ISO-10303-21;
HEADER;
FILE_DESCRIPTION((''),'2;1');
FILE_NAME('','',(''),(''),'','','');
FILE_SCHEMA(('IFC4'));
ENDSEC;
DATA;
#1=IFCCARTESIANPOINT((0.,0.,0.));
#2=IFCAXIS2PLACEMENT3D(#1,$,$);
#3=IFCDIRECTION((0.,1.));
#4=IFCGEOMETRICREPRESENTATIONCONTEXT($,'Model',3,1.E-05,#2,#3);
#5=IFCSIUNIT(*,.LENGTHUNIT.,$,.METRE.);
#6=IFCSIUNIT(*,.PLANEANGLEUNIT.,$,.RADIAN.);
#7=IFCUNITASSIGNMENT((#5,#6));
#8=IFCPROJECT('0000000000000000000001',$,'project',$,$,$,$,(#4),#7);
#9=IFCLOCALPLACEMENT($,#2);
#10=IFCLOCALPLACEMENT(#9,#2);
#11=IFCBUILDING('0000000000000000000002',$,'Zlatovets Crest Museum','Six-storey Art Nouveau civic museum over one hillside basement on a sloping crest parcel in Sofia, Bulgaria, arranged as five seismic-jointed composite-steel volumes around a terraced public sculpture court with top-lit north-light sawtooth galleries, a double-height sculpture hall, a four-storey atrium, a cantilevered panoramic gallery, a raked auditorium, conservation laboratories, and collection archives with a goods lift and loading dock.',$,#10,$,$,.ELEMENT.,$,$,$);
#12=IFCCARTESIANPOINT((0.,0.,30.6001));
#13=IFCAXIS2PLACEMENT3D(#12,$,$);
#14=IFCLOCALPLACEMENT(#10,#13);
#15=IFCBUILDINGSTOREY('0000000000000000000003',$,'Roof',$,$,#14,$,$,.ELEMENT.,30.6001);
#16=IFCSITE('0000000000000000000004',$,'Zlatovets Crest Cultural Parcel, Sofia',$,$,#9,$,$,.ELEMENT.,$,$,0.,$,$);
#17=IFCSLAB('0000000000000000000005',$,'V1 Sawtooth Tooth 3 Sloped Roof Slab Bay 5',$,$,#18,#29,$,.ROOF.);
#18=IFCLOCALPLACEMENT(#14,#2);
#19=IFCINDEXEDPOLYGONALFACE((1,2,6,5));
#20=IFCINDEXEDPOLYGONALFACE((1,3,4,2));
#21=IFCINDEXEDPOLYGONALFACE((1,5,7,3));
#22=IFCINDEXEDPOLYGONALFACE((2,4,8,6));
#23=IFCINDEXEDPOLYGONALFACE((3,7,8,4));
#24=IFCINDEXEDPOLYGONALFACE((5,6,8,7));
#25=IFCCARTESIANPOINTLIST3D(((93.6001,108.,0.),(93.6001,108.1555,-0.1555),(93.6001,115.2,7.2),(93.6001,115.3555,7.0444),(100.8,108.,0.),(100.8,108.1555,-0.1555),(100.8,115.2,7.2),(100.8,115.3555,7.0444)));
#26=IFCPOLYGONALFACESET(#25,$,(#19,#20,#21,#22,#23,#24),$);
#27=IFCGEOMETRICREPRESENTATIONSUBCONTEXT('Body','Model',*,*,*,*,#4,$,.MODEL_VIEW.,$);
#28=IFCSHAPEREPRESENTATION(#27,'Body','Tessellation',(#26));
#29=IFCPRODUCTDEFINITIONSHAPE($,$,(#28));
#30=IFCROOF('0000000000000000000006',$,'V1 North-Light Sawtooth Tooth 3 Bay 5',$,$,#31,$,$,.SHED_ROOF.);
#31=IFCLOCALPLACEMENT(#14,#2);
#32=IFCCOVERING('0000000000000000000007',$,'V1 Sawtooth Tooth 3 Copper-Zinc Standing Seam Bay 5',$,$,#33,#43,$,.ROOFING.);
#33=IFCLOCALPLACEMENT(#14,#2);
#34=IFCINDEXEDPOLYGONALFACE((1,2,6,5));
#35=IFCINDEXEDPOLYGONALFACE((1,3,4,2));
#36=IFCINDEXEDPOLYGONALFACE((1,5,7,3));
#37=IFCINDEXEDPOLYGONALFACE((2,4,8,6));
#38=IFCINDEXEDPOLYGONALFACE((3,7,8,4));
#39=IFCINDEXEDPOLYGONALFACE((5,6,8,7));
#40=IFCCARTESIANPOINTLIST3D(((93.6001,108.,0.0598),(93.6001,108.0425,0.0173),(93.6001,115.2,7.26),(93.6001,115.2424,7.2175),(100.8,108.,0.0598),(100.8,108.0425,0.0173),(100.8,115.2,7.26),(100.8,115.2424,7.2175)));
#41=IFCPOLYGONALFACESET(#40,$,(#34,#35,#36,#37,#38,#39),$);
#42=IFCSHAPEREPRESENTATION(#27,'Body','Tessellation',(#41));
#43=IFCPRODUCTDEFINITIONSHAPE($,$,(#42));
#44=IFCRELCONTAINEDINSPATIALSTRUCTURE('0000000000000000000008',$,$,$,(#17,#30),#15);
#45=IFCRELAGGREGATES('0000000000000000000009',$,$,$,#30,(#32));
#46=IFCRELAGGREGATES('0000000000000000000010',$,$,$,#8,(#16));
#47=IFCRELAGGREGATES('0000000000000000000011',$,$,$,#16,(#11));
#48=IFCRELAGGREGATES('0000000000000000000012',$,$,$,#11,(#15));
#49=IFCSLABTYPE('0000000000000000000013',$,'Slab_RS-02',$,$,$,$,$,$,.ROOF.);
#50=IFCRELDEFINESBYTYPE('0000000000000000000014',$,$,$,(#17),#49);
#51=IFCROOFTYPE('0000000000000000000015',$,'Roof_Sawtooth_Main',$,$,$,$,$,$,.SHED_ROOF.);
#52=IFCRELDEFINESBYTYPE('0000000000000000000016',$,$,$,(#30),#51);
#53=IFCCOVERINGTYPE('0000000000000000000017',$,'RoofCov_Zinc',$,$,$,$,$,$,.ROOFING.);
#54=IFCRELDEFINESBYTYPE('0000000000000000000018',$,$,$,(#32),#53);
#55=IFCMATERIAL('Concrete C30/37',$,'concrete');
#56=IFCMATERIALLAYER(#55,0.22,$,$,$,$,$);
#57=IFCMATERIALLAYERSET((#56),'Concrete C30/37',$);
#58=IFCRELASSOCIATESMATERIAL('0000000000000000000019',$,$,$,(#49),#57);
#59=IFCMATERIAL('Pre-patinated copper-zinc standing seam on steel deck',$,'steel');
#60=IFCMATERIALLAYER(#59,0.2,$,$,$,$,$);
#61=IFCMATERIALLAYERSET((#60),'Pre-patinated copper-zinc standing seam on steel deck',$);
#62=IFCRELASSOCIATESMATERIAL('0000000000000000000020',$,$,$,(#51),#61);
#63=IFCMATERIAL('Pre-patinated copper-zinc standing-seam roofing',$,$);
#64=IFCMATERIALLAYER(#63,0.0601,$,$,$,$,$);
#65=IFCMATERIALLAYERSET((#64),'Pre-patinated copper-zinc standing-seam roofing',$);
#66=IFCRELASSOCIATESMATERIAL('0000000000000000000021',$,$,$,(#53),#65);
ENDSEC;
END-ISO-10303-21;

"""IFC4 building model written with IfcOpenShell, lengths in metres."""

from ifc_helpers import new_model, si_unit, direction, frame, origin, place, context, subcontext, project, spatial, polyline, outline, extrude, material, layer, layer_set, type_object, element, aggregate, save


model = new_model("IFC4")

# Units and contexts
model_context = context("Model", 3, precision=1e-05, world=origin(), true_north=direction((0.0, 1.0)))
body_context = subcontext(model_context, "Body", "Model", "MODEL_VIEW")
ifc_project = project(units=[si_unit("LENGTHUNIT", "METRE"), si_unit("PLANEANGLEUNIT", "RADIAN")], contexts=[model_context])

# Site, building, storey
site_placement = place(None, origin())
site = spatial("IfcSite", under=ifc_project, at=site_placement, Name="Zlatovets Crest Cultural Parcel, Sofia", CompositionType="ELEMENT", RefElevation=0.0)
building_placement = place(site_placement, origin())
building = spatial("IfcBuilding", under=site, at=building_placement, Name="Zlatovets Crest Museum", Description="Six-storey Art Nouveau civic museum over one hillside basement on a sloping crest parcel in Sofia, Bulgaria, arranged as five seismic-jointed composite-steel volumes around a terraced public sculpture court with top-lit north-light sawtooth galleries, a double-height sculpture hall, a four-storey atrium, a cantilevered panoramic gallery, a raked auditorium, conservation laboratories, and collection archives with a goods lift and loading dock.", CompositionType="ELEMENT")
storey_placement = place(building_placement, frame((0.0, 0.0, 30.6001)))
storey = spatial("IfcBuildingStorey", under=building, at=storey_placement, Name="Roof", CompositionType="ELEMENT", Elevation=30.6001)

# Slab
ifc_material_1 = material(Name="Concrete C30/37", Category="concrete")
ifc_layer_1 = layer(ifc_material_1, 0.22)
ifc_layer_set_1 = layer_set([ifc_layer_1], Name="Concrete C30/37")
slab_type = type_object("IfcSlabType", Name="Slab_RS-02", PredefinedType="ROOF", material=ifc_layer_set_1)
slab_placement = place(storey_placement, frame((93.6001, 108.0, 0.0), z_axis=(0.0, -0.707107, 0.707107), x_axis=(1.0, 0.0, 0.0)))
element("IfcSlab", 1, at=slab_placement, inside=storey, type_object=slab_type, Name="V1 Sawtooth Tooth 3 Sloped Roof Slab Bay 5", PredefinedType="ROOF", context=body_context, shape_type="SweptSolid", body=[
    extrude(outline(polyline([(0.0, 0.0), (7.2, 0.0), (7.2, 10.1823), (0.0, 10.1823), (0.0, 0.0)])), origin(), (0.0, 0.0, -1.0), 0.22),
])

# Roof, covering
ifc_material_2 = material(Name="Pre-patinated copper-zinc standing seam on steel deck", Category="steel")
ifc_layer_2 = layer(ifc_material_2, 0.2)
ifc_layer_set_2 = layer_set([ifc_layer_2], Name="Pre-patinated copper-zinc standing seam on steel deck")
roof_type = type_object("IfcRoofType", Name="Roof_Sawtooth_Main", PredefinedType="SHED_ROOF", material=ifc_layer_set_2)
roof_placement = place(storey_placement, origin())
roof = element("IfcRoof", 2, at=roof_placement, inside=storey, type_object=roof_type, Name="V1 North-Light Sawtooth Tooth 3 Bay 5", PredefinedType="SHED_ROOF")
ifc_material_3 = material(Name="Pre-patinated copper-zinc standing-seam roofing")
ifc_layer_3 = layer(ifc_material_3, 0.0601)
ifc_layer_set_3 = layer_set([ifc_layer_3], Name="Pre-patinated copper-zinc standing-seam roofing")
covering_type = type_object("IfcCoveringType", Name="RoofCov_Zinc", PredefinedType="ROOFING", material=ifc_layer_set_3)
covering_placement = place(storey_placement, frame((93.6001, 108.0, 0.0598), z_axis=(0.0, -0.707119, 0.707095), x_axis=(1.0, 0.0, 0.0)))
covering = element("IfcCovering", 3, at=covering_placement, type_object=covering_type, Name="V1 Sawtooth Tooth 3 Copper-Zinc Standing Seam Bay 5", PredefinedType="ROOFING", context=body_context, shape_type="SweptSolid", body=[
    extrude(outline(polyline([(0.0, 0.0), (7.2, 0.0), (7.2, 10.1824), (0.0, 10.1824), (0.0, 0.0)])), origin(), (0.0, 0.0, -1.0), 0.0601),
])
aggregate(roof, [covering])

save(model, "model.ifc")
